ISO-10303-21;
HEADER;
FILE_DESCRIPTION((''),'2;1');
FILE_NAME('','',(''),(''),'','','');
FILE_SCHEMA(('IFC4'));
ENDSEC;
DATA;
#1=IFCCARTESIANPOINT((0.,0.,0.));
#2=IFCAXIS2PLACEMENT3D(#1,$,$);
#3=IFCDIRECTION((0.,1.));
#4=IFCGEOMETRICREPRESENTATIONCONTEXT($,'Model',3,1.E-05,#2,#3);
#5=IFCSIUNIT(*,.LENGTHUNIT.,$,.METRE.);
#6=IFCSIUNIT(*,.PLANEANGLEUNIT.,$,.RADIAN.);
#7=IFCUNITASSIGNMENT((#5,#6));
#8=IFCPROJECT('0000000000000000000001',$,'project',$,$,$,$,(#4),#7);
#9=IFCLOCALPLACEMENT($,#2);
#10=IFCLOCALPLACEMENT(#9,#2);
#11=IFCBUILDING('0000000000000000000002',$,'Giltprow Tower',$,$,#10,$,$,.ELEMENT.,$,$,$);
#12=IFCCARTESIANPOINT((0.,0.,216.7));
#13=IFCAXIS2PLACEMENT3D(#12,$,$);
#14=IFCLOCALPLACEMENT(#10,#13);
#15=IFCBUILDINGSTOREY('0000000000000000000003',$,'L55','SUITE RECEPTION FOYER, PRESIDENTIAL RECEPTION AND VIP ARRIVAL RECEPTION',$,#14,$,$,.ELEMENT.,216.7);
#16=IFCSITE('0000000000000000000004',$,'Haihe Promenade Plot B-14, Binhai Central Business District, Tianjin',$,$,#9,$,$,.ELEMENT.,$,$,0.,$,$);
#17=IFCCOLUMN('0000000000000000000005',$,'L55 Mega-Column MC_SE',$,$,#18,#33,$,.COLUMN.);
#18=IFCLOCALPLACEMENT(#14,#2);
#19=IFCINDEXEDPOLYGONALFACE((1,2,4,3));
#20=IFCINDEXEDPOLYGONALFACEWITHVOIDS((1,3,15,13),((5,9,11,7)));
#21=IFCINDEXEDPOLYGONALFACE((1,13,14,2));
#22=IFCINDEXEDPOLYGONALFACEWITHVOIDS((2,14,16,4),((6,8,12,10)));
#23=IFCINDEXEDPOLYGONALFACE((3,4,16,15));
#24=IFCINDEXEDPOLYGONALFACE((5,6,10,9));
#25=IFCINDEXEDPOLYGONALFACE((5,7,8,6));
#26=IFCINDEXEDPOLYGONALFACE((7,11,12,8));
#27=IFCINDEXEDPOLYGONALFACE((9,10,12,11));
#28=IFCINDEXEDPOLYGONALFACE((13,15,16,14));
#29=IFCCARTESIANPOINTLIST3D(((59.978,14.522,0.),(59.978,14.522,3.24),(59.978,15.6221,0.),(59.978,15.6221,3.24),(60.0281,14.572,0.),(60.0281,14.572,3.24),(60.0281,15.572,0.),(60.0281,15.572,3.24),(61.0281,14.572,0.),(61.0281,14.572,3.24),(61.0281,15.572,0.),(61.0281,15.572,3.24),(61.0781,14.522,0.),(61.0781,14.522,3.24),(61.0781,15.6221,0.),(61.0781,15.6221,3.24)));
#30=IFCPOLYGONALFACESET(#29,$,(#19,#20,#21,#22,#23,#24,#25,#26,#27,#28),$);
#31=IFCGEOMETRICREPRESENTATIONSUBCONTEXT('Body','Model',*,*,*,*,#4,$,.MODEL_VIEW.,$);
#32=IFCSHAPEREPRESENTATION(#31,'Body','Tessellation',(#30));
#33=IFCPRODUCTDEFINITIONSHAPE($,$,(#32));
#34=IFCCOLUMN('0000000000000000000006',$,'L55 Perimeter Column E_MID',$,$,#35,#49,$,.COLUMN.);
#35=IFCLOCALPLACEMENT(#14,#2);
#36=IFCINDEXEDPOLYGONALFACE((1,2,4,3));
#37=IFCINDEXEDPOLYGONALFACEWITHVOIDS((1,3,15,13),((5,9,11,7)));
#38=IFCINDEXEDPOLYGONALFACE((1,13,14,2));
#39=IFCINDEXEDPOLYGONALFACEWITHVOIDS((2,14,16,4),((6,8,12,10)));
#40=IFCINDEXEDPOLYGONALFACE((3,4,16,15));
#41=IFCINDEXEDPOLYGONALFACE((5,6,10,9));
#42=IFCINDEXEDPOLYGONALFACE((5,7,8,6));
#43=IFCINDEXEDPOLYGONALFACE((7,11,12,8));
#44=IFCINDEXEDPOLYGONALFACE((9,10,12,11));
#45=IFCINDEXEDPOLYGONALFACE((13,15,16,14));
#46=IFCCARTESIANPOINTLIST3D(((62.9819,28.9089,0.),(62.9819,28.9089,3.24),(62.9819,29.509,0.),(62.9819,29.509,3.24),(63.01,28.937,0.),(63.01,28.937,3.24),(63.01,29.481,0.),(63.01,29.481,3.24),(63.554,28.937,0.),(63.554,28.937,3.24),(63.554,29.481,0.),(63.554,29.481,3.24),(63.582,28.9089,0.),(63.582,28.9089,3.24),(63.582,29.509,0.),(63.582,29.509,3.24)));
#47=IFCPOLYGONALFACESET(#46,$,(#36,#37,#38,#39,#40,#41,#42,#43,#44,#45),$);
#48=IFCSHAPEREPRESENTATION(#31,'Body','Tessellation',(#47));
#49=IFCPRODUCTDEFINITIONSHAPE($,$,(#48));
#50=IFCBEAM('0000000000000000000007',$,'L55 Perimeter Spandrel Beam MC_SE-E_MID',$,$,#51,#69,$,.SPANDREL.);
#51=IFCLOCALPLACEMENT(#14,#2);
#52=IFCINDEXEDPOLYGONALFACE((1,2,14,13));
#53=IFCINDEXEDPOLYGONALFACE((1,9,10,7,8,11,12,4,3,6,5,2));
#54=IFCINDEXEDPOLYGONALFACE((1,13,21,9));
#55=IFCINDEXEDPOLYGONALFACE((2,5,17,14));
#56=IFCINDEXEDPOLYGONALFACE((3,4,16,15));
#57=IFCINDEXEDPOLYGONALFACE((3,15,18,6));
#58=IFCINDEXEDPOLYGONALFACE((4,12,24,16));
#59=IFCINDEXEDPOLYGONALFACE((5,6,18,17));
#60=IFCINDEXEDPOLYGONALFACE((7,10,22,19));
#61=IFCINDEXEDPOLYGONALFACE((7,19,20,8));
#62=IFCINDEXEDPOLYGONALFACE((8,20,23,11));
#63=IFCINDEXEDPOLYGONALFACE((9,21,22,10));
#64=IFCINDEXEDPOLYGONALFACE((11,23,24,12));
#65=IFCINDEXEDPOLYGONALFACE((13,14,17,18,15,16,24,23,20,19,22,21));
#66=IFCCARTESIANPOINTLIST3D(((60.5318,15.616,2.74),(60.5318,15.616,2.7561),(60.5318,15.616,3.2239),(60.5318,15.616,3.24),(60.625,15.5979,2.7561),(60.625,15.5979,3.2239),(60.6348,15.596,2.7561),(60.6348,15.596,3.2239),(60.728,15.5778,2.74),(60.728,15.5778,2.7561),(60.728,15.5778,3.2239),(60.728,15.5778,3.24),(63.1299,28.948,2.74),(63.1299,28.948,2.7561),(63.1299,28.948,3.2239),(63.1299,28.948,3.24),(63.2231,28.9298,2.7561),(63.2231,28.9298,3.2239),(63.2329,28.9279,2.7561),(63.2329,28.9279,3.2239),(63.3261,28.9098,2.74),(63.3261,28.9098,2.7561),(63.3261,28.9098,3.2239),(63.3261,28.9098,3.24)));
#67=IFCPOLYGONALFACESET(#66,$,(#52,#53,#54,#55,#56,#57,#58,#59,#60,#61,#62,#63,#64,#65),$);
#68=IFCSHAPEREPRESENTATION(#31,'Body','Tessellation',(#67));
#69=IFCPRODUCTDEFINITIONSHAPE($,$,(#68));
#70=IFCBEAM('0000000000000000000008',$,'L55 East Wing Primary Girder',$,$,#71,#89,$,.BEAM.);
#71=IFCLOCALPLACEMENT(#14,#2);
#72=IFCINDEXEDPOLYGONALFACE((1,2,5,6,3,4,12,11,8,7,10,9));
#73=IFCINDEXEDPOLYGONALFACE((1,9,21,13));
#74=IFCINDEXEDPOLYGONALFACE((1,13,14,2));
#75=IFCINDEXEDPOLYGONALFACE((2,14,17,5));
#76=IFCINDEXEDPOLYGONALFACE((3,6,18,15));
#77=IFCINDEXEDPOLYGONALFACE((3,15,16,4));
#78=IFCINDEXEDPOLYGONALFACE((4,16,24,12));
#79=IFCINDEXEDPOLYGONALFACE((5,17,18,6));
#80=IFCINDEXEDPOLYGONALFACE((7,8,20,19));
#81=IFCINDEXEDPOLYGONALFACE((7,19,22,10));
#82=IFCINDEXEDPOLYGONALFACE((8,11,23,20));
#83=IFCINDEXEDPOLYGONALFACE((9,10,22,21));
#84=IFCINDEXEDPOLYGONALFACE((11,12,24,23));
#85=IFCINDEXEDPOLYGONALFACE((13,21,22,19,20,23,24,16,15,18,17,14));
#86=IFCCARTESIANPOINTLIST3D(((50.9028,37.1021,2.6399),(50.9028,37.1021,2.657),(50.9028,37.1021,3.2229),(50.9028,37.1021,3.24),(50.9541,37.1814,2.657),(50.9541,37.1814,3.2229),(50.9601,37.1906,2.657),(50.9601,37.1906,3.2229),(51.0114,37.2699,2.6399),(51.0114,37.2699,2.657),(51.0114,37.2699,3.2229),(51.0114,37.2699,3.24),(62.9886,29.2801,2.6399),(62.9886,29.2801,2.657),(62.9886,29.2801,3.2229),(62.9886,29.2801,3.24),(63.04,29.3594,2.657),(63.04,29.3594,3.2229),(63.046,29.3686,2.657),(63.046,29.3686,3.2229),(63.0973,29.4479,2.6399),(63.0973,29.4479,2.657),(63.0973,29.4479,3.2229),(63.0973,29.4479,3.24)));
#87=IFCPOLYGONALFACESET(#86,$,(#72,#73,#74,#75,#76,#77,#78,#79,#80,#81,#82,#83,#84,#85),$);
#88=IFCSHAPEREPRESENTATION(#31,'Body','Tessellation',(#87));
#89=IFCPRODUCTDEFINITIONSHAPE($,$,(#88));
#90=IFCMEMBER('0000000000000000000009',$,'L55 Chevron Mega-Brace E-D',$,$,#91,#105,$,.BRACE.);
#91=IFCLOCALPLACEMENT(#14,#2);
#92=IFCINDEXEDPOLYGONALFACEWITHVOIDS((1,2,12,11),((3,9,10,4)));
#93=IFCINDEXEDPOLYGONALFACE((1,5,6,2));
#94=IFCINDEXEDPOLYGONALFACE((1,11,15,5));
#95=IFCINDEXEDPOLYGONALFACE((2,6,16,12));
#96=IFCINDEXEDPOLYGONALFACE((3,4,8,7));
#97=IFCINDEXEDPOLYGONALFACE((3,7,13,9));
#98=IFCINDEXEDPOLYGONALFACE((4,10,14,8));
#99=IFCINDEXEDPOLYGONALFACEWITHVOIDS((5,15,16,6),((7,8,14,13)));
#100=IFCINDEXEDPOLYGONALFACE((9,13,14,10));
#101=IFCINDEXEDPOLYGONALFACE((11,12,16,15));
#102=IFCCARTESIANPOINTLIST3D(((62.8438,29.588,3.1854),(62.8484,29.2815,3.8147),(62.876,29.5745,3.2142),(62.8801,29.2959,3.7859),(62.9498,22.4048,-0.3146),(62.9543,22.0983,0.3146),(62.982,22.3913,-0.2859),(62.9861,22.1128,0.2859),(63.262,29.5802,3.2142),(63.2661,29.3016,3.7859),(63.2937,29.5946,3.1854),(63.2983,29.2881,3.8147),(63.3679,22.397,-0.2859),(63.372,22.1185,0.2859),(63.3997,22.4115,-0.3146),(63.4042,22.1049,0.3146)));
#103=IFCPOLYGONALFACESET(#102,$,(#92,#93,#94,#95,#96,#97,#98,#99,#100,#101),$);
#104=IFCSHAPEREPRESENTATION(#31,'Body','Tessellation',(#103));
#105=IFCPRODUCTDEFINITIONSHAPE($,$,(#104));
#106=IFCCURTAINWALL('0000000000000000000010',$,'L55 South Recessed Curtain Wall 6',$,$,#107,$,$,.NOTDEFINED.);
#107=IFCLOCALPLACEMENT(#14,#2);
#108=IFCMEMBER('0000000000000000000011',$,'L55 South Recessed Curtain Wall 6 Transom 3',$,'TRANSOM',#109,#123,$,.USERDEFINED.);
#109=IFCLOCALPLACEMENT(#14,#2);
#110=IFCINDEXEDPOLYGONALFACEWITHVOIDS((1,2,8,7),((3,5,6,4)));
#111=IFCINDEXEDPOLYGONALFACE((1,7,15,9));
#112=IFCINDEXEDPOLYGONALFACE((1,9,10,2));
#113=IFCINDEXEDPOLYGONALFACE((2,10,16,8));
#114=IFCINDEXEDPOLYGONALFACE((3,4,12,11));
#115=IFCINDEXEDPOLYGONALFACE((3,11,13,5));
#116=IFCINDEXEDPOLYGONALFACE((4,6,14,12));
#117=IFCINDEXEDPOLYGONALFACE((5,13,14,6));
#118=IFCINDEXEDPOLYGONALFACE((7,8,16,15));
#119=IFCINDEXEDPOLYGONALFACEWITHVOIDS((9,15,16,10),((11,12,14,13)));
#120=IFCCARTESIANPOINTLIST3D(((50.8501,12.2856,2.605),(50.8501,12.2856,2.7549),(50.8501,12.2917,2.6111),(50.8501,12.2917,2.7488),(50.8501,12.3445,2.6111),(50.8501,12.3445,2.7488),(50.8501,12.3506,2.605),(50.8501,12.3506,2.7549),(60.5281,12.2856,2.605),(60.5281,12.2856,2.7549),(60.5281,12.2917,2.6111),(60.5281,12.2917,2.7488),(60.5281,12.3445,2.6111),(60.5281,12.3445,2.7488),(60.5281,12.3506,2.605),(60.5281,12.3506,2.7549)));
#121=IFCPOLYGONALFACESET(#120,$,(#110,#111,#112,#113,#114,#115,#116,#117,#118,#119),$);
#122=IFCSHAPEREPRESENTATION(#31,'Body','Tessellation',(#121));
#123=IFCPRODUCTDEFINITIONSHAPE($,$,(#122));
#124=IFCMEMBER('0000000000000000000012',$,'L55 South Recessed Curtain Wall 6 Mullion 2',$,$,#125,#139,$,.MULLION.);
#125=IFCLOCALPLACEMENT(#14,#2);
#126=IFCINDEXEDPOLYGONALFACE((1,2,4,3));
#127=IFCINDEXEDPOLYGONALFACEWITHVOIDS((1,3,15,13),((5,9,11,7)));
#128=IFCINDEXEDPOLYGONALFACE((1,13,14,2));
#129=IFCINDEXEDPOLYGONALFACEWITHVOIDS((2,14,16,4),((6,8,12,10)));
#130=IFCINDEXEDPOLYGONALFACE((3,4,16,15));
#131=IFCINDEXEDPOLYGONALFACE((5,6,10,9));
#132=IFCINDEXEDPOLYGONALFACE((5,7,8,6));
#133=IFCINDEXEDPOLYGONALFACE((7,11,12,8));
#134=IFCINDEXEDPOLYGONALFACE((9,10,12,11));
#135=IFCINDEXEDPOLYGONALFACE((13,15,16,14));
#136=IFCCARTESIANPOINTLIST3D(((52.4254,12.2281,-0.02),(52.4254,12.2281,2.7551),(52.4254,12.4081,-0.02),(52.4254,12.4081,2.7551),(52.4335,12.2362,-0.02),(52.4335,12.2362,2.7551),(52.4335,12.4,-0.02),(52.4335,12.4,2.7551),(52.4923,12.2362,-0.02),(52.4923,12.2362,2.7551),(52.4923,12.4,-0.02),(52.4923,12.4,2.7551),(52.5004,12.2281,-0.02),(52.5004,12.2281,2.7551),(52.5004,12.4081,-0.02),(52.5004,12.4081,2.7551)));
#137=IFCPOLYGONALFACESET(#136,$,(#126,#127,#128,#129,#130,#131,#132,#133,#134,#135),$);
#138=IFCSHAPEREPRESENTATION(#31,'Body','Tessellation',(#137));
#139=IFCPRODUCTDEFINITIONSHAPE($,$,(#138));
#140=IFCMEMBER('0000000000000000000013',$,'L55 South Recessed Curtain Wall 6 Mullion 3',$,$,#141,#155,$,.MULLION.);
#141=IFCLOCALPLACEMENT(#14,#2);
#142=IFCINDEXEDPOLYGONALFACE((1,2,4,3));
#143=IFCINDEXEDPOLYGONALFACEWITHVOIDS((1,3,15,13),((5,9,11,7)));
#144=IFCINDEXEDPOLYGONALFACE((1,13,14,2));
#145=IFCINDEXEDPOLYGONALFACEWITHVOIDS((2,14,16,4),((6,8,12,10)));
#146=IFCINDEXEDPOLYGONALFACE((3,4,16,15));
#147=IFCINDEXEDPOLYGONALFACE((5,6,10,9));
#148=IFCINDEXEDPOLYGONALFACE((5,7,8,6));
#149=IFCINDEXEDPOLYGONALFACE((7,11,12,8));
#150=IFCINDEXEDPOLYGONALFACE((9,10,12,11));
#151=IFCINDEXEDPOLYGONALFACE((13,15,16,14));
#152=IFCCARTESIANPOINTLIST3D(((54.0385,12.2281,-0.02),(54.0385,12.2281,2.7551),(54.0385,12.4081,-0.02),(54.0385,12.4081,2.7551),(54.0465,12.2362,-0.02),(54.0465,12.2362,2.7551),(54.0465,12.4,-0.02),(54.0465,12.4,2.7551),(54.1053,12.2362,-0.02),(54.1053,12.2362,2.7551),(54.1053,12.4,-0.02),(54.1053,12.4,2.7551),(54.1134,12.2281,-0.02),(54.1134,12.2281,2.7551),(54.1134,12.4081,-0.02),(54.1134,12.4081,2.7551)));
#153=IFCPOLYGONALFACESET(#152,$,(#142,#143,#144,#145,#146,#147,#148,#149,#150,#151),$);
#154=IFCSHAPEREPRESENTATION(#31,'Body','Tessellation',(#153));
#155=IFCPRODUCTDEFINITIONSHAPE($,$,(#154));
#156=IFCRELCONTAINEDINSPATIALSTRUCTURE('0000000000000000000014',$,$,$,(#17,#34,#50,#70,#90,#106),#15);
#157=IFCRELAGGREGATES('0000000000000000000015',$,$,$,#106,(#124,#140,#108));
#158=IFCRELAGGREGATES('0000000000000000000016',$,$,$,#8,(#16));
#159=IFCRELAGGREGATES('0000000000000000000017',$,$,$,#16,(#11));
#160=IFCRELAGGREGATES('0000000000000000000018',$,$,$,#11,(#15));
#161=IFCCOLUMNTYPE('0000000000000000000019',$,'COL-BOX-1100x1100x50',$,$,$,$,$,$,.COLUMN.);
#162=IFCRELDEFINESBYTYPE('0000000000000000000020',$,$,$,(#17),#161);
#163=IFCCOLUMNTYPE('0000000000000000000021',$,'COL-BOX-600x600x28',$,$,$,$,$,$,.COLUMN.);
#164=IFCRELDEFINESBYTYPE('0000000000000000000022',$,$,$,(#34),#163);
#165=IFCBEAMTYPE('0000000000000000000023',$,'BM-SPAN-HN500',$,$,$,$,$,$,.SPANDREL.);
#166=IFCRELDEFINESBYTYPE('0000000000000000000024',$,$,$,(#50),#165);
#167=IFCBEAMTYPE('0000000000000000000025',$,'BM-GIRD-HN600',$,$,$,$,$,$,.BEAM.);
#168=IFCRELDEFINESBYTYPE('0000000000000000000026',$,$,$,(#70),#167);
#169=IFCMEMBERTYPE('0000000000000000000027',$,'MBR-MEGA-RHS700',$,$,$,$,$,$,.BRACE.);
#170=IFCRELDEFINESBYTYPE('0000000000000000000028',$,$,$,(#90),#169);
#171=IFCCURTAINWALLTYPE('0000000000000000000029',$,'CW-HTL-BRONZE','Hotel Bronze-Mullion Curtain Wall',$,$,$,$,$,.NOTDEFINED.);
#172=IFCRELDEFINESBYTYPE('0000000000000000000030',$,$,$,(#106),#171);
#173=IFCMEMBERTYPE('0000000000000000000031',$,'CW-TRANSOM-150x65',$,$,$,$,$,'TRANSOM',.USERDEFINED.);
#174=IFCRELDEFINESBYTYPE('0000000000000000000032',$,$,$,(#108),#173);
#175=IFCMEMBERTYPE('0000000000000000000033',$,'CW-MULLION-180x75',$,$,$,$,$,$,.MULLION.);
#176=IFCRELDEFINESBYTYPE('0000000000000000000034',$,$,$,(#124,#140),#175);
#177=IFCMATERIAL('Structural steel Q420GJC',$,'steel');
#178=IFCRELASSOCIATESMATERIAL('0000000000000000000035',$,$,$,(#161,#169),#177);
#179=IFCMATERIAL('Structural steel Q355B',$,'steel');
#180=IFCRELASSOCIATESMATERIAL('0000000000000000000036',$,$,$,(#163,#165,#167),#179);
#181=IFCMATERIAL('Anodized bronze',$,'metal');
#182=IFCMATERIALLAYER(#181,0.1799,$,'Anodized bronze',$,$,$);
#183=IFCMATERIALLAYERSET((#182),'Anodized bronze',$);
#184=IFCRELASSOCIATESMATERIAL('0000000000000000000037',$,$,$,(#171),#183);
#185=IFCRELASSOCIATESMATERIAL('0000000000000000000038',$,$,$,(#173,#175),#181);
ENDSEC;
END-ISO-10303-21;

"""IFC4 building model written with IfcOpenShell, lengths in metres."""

from ifc_helpers import new_model, si_unit, direction, frame, origin, origin_2d, place, context, subcontext, project, spatial, hollow_rectangle, i_section, extrude, source, transform, mapped, material, layer, layer_set, material_profile, profile_set, type_object, element, aggregate, save


model = new_model("IFC4")

# Units and contexts
model_context = context("Model", 3, precision=1e-05, world=origin(), true_north=direction((0.0, 1.0)))
body_context = subcontext(model_context, "Body", "Model", "MODEL_VIEW")
ifc_project = project(units=[si_unit("LENGTHUNIT", "METRE"), si_unit("PLANEANGLEUNIT", "RADIAN")], contexts=[model_context])

# Site, building, storey
site_placement = place(None, origin())
site = spatial("IfcSite", under=ifc_project, at=site_placement, Name="Haihe Promenade Plot B-14, Binhai Central Business District, Tianjin", CompositionType="ELEMENT", RefElevation=0.0)
building_placement = place(site_placement, origin())
building = spatial("IfcBuilding", under=site, at=building_placement, Name="Giltprow Tower", CompositionType="ELEMENT")
storey_placement = place(building_placement, frame((0.0, 0.0, 216.7)))
storey = spatial("IfcBuildingStorey", under=building, at=storey_placement, Name="L55", Description="SUITE RECEPTION FOYER, PRESIDENTIAL RECEPTION AND VIP ARRIVAL RECEPTION", CompositionType="ELEMENT", Elevation=216.7)

# Columns
ifc_material_1 = material(Name="Structural steel Q420GJC", Category="steel")
ifc_material_profile_1 = material_profile(ifc_material_1, hollow_rectangle(XDim=1.1001, YDim=1.1001, WallThickness=0.05, at=origin_2d()), Name="BOX 1100x1100x50")
ifc_profile_set_1 = profile_set([ifc_material_profile_1], Name="Structural steel Q420GJC")
column_type_1 = type_object("IfcColumnType", Name="COL-BOX-1100x1100x50", PredefinedType="COLUMN", material=ifc_profile_set_1)
shared_shape_1 = source(origin(), body_context, "Body", "SweptSolid", [
    extrude(hollow_rectangle(XDim=1.1001, YDim=1.1001, WallThickness=0.05, at=origin_2d()), origin(), (0.0, 0.0, 1.0), 3.24),
])
column_1_placement = place(storey_placement, frame((60.5281, 15.072, 0.0), z_axis=(0.0, 0.0, 1.0), x_axis=(1.0, 0.0, 0.0)))
element("IfcColumn", 1, at=column_1_placement, inside=storey, type_object=column_type_1, Name="L55 Mega-Column MC_SE", PredefinedType="COLUMN", context=body_context, shape_type="MappedRepresentation", body=[
    mapped(shared_shape_1, transform((0.0, 0.0, 0.0), x_axis=(1.0, 0.0, 0.0), y_axis=(0.0, 1.0, 0.0), z_axis=(0.0, 0.0, 1.0), scale=1.0)),
])
ifc_material_2 = material(Name="Structural steel Q355B", Category="steel")
ifc_material_profile_2 = material_profile(ifc_material_2, hollow_rectangle(XDim=0.6001, YDim=0.6001, WallThickness=0.0281, at=origin_2d()), Name="BOX 600x600x28")
ifc_profile_set_2 = profile_set([ifc_material_profile_2], Name="Structural steel Q355B")
column_type_2 = type_object("IfcColumnType", Name="COL-BOX-600x600x28", PredefinedType="COLUMN", material=ifc_profile_set_2)
shared_shape_2 = source(origin(), body_context, "Body", "SweptSolid", [
    extrude(hollow_rectangle(XDim=0.6001, YDim=0.6001, WallThickness=0.0281, at=origin_2d()), origin(), (0.0, 0.0, 1.0), 3.24),
])
column_2_placement = place(storey_placement, frame((63.282, 29.209, 0.0), z_axis=(0.0, 0.0, 1.0), x_axis=(1.0, 0.0, 0.0)))
element("IfcColumn", 2, at=column_2_placement, inside=storey, type_object=column_type_2, Name="L55 Perimeter Column E_MID", PredefinedType="COLUMN", context=body_context, shape_type="MappedRepresentation", body=[
    mapped(shared_shape_2, transform((0.0, 0.0, 0.0), x_axis=(1.0, 0.0, 0.0), y_axis=(0.0, 1.0, 0.0), z_axis=(0.0, 0.0, 1.0), scale=1.0)),
])

# Beams
ifc_material_profile_3 = material_profile(ifc_material_2, i_section(OverallWidth=0.2, OverallDepth=0.5, WebThickness=0.01, FlangeThickness=0.0161, at=origin_2d()), Name="HN 500x200x10x16")
ifc_profile_set_3 = profile_set([ifc_material_profile_3], Name="Structural steel Q355B")
beam_type_1 = type_object("IfcBeamType", Name="BM-SPAN-HN500", PredefinedType="SPANDREL", material=ifc_profile_set_3)
shared_shape_3 = source(origin(), body_context, "Body", "SweptSolid", [
    extrude(i_section(OverallWidth=0.2, OverallDepth=0.5, WebThickness=0.01, FlangeThickness=0.0161, at=origin_2d()), origin(), (0.0, 0.0, 1.0), 13.5828),
])
beam_1_placement = place(storey_placement, frame((60.6299, 15.5969, 2.99), z_axis=(0.191281, 0.981535, 0.0), x_axis=(-0.981535, 0.191281, 0.0)))
element("IfcBeam", 3, at=beam_1_placement, inside=storey, type_object=beam_type_1, Name="L55 Perimeter Spandrel Beam MC_SE-E_MID", PredefinedType="SPANDREL", context=body_context, shape_type="MappedRepresentation", body=[
    mapped(shared_shape_3, transform((0.0, 0.0, 0.0), x_axis=(1.0, 0.0, 0.0), y_axis=(0.0, 1.0, 0.0), z_axis=(0.0, 0.0, 1.0), scale=1.0)),
])
ifc_material_profile_4 = material_profile(ifc_material_2, i_section(OverallWidth=0.2, OverallDepth=0.6001, WebThickness=0.011, FlangeThickness=0.0171, at=origin_2d()), Name="HN 600x200x11x17")
ifc_profile_set_4 = profile_set([ifc_material_profile_4], Name="Structural steel Q355B")
beam_type_2 = type_object("IfcBeamType", Name="BM-GIRD-HN600", PredefinedType="BEAM", material=ifc_profile_set_4)
shared_shape_4 = source(origin(), body_context, "Body", "SweptSolid", [
    extrude(i_section(OverallWidth=0.2, OverallDepth=0.6001, WebThickness=0.011, FlangeThickness=0.0171, at=origin_2d()), origin(), (0.0, 0.0, 1.0), 14.3962),
])
beam_2_placement = place(storey_placement, frame((63.043, 29.364, 2.9399), z_axis=(-0.839516, 0.543335, 0.0), x_axis=(-0.543335, -0.839516, 0.0)))
element("IfcBeam", 4, at=beam_2_placement, inside=storey, type_object=beam_type_2, Name="L55 East Wing Primary Girder", PredefinedType="BEAM", context=body_context, shape_type="MappedRepresentation", body=[
    mapped(shared_shape_4, transform((0.0, 0.0, 0.0), x_axis=(1.0, 0.0, 0.0), y_axis=(0.0, 1.0, 0.0), z_axis=(0.0, 0.0, 1.0), scale=1.0)),
])

# Member
ifc_material_profile_5 = material_profile(ifc_material_1, hollow_rectangle(XDim=0.45, YDim=0.7, WallThickness=0.032, at=origin_2d()), Name="RHS 700x450x32")
ifc_profile_set_5 = profile_set([ifc_material_profile_5], Name="Structural steel Q420GJC")
member_type_1 = type_object("IfcMemberType", Name="MBR-MEGA-RHS700", PredefinedType="BRACE", material=ifc_profile_set_5)
shared_shape_5 = source(origin(), body_context, "Body", "SweptSolid", [
    extrude(hollow_rectangle(XDim=0.45, YDim=0.7, WallThickness=0.032, at=origin_2d()), origin(), (0.0, 0.0, 1.0), 7.9912),
])
member_1_placement = place(storey_placement, frame((63.177, 22.2549, 0.0), z_axis=(-0.013259, 0.898884, 0.437985), x_axis=(-0.999891, -0.014749, 0.0)))
element("IfcMember", 5, at=member_1_placement, inside=storey, type_object=member_type_1, Name="L55 Chevron Mega-Brace E-D", PredefinedType="BRACE", context=body_context, shape_type="MappedRepresentation", body=[
    mapped(shared_shape_5, transform((0.0, 0.0, 0.0), x_axis=(1.0, 0.0, 0.0), y_axis=(0.0, 1.0, 0.0), z_axis=(0.0, 0.0, 1.0), scale=1.0)),
])

# Curtain wall, members
ifc_material_3 = material(Name="Anodized bronze", Category="metal")
ifc_layer_1 = layer(ifc_material_3, 0.1799, Name="Anodized bronze")
ifc_layer_set_1 = layer_set([ifc_layer_1], Name="Anodized bronze")
curtain_wall_type = type_object("IfcCurtainWallType", Name="CW-HTL-BRONZE", Description="Hotel Bronze-Mullion Curtain Wall", PredefinedType="NOTDEFINED", material=ifc_layer_set_1)
curtain_wall_placement = place(storey_placement, origin())
curtain_wall = element("IfcCurtainWall", 6, at=curtain_wall_placement, inside=storey, type_object=curtain_wall_type, Name="L55 South Recessed Curtain Wall 6", PredefinedType="NOTDEFINED")
ifc_material_profile_6 = material_profile(ifc_material_3, hollow_rectangle(XDim=0.0649, YDim=0.1499, WallThickness=0.0061, at=origin_2d()), Name="RHS 150x65x6")
ifc_profile_set_6 = profile_set([ifc_material_profile_6], Name="Anodized bronze")
member_type_2 = type_object("IfcMemberType", Name="CW-TRANSOM-150x65", ElementType="TRANSOM", PredefinedType="USERDEFINED", material=ifc_profile_set_6)
shared_shape_6 = source(origin(), body_context, "Body", "SweptSolid", [
    extrude(hollow_rectangle(XDim=0.0649, YDim=0.1499, WallThickness=0.0061, at=origin_2d()), origin(), (0.0, 0.0, 1.0), 9.678),
])
member_2_placement = place(storey_placement, frame((50.8501, 12.3181, 2.6799), z_axis=(1.0, 0.0, 0.0), x_axis=(0.0, 1.0, 0.0)))
member_2 = element("IfcMember", 7, at=member_2_placement, type_object=member_type_2, Name="L55 South Recessed Curtain Wall 6 Transom 3", ObjectType="TRANSOM", PredefinedType="USERDEFINED", context=body_context, shape_type="MappedRepresentation", body=[
    mapped(shared_shape_6, transform((0.0, 0.0, 0.0), x_axis=(1.0, 0.0, 0.0), y_axis=(0.0, 1.0, 0.0), z_axis=(0.0, 0.0, 1.0), scale=1.0)),
])
ifc_material_profile_7 = material_profile(ifc_material_3, hollow_rectangle(XDim=0.075, YDim=0.1799, WallThickness=0.0081, at=origin_2d()), Name="RHS 180x75x8")
ifc_profile_set_7 = profile_set([ifc_material_profile_7], Name="Anodized bronze")
member_type_3 = type_object("IfcMemberType", Name="CW-MULLION-180x75", PredefinedType="MULLION", material=ifc_profile_set_7)
shared_shape_7 = source(origin(), body_context, "Body", "SweptSolid", [
    extrude(hollow_rectangle(XDim=0.075, YDim=0.1799, WallThickness=0.0081, at=origin_2d()), origin(), (0.0, 0.0, 1.0), 2.7751),
])
member_3_placement = place(storey_placement, frame((52.4629, 12.3181, -0.02), z_axis=(0.0, 0.0, 1.0), x_axis=(1.0, 0.0, 0.0)))
member_3 = element("IfcMember", 8, at=member_3_placement, type_object=member_type_3, Name="L55 South Recessed Curtain Wall 6 Mullion 2", PredefinedType="MULLION", context=body_context, shape_type="MappedRepresentation", body=[
    mapped(shared_shape_7, transform((0.0, 0.0, 0.0), x_axis=(1.0, 0.0, 0.0), y_axis=(0.0, 1.0, 0.0), z_axis=(0.0, 0.0, 1.0), scale=1.0)),
])
member_4_placement = place(storey_placement, frame((54.0759, 12.3181, -0.02), z_axis=(0.0, 0.0, 1.0), x_axis=(1.0, 0.0, 0.0)))
member_4 = element("IfcMember", 9, at=member_4_placement, type_object=member_type_3, Name="L55 South Recessed Curtain Wall 6 Mullion 3", PredefinedType="MULLION", context=body_context, shape_type="MappedRepresentation", body=[
    mapped(shared_shape_7, transform((0.0, 0.0, 0.0), x_axis=(1.0, 0.0, 0.0), y_axis=(0.0, 1.0, 0.0), z_axis=(0.0, 0.0, 1.0), scale=1.0)),
])
aggregate(curtain_wall, [member_3, member_4, member_2])

save(model, "model.ifc")
